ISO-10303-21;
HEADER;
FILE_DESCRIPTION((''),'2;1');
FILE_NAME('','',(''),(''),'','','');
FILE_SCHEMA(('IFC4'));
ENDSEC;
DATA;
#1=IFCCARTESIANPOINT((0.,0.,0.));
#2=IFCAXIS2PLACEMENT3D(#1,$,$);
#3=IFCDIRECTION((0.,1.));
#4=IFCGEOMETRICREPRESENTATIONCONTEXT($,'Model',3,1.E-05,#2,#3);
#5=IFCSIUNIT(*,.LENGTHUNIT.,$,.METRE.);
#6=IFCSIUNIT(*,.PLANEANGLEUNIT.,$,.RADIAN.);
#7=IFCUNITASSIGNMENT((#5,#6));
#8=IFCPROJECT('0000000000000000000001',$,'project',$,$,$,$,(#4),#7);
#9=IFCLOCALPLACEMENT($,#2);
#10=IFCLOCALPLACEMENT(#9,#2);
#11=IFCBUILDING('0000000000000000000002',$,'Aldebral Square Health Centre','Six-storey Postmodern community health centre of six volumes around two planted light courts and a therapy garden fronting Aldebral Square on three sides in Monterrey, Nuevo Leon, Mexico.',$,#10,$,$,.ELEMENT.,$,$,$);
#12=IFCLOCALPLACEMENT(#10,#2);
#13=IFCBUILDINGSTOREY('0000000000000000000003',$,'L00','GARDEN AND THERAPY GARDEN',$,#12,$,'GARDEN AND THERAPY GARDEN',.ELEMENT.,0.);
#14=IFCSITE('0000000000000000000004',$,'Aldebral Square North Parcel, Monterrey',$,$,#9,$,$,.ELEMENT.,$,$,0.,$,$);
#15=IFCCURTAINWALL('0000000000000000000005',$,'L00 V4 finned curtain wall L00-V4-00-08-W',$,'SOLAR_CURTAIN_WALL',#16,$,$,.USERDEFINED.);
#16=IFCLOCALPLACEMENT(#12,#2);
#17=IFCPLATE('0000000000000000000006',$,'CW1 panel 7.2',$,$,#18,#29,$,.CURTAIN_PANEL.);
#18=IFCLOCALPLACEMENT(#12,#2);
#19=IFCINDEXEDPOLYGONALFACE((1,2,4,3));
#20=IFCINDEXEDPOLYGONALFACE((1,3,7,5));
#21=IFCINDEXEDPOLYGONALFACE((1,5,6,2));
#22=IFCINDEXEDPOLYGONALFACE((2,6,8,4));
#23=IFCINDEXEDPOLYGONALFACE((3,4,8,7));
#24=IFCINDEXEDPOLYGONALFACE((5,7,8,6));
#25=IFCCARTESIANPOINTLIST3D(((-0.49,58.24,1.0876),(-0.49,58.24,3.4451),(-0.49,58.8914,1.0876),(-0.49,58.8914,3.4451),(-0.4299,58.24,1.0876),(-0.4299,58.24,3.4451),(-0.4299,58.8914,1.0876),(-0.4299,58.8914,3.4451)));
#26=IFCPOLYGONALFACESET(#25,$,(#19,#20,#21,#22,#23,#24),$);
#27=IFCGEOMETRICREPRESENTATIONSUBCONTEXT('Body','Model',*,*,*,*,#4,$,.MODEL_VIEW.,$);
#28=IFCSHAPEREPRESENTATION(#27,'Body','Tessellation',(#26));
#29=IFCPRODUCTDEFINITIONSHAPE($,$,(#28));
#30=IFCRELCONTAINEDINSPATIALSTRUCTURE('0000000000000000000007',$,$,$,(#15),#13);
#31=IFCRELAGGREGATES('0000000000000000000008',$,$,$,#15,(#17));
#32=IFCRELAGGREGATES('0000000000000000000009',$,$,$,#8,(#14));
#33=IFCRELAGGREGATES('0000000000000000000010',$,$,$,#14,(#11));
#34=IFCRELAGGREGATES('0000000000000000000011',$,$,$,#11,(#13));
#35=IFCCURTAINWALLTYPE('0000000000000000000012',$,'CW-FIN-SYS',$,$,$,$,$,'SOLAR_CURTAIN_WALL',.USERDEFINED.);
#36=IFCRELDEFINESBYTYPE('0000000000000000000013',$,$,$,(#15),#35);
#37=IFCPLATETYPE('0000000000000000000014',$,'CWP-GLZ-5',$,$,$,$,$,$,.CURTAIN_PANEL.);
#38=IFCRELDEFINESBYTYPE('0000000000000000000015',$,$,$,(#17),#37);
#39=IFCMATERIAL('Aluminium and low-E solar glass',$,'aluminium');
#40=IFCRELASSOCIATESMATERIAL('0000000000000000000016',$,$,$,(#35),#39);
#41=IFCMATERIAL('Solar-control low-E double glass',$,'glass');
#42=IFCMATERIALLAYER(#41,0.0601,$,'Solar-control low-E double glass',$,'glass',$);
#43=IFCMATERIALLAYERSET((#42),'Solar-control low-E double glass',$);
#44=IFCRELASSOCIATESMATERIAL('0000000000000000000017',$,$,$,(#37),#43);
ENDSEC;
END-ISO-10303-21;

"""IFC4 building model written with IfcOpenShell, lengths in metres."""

from ifc_helpers import new_model, si_unit, direction, frame, origin, origin_2d, place, context, subcontext, project, spatial, rectangle, extrude, material, layer, layer_set, type_object, element, aggregate, save


model = new_model("IFC4")

# Units and contexts
model_context = context("Model", 3, precision=1e-05, world=origin(), true_north=direction((0.0, 1.0)))
body_context = subcontext(model_context, "Body", "Model", "MODEL_VIEW")
ifc_project = project(units=[si_unit("LENGTHUNIT", "METRE"), si_unit("PLANEANGLEUNIT", "RADIAN")], contexts=[model_context])

# Site, building, storey
site_placement = place(None, origin())
site = spatial("IfcSite", under=ifc_project, at=site_placement, Name="Aldebral Square North Parcel, Monterrey", CompositionType="ELEMENT", RefElevation=0.0)
building_placement = place(site_placement, origin())
building = spatial("IfcBuilding", under=site, at=building_placement, Name="Aldebral Square Health Centre", Description="Six-storey Postmodern community health centre of six volumes around two planted light courts and a therapy garden fronting Aldebral Square on three sides in Monterrey, Nuevo Leon, Mexico.", CompositionType="ELEMENT")
storey_placement = place(building_placement, origin())
storey = spatial("IfcBuildingStorey", under=building, at=storey_placement, Name="L00", Description="GARDEN AND THERAPY GARDEN", LongName="GARDEN AND THERAPY GARDEN", CompositionType="ELEMENT", Elevation=0.0)

# Curtain wall, plate
ifc_material_1 = material(Name="Aluminium and low-E solar glass", Category="aluminium")
curtain_wall_type = type_object("IfcCurtainWallType", Name="CW-FIN-SYS", ElementType="SOLAR_CURTAIN_WALL", PredefinedType="USERDEFINED", material=ifc_material_1)
curtain_wall_placement = place(storey_placement, origin())
curtain_wall = element("IfcCurtainWall", 1, at=curtain_wall_placement, inside=storey, type_object=curtain_wall_type, Name="L00 V4 finned curtain wall L00-V4-00-08-W", ObjectType="SOLAR_CURTAIN_WALL", PredefinedType="USERDEFINED")
ifc_material_2 = material(Name="Solar-control low-E double glass", Category="glass")
ifc_layer = layer(ifc_material_2, 0.0601, Name="Solar-control low-E double glass", Category="glass")
ifc_layer_set = layer_set([ifc_layer], Name="Solar-control low-E double glass")
plate_type = type_object("IfcPlateType", Name="CWP-GLZ-5", PredefinedType="CURTAIN_PANEL", material=ifc_layer_set)
plate_1_placement = place(storey_placement, frame((-0.46, 58.5657, 1.0876), z_axis=(0.0, 0.0, 1.0), x_axis=(0.0, -1.0, 0.0)))
plate_1 = element("IfcPlate", 2, at=plate_1_placement, type_object=plate_type, Name="CW1 panel 7.2", PredefinedType="CURTAIN_PANEL", context=body_context, shape_type="SweptSolid", body=[
    extrude(rectangle(XDim=0.6514, YDim=0.0601, at=origin_2d()), origin(), (0.0, 0.0, 1.0), 2.3574),
])
aggregate(curtain_wall, [plate_1])

save(model, "model.ifc")
